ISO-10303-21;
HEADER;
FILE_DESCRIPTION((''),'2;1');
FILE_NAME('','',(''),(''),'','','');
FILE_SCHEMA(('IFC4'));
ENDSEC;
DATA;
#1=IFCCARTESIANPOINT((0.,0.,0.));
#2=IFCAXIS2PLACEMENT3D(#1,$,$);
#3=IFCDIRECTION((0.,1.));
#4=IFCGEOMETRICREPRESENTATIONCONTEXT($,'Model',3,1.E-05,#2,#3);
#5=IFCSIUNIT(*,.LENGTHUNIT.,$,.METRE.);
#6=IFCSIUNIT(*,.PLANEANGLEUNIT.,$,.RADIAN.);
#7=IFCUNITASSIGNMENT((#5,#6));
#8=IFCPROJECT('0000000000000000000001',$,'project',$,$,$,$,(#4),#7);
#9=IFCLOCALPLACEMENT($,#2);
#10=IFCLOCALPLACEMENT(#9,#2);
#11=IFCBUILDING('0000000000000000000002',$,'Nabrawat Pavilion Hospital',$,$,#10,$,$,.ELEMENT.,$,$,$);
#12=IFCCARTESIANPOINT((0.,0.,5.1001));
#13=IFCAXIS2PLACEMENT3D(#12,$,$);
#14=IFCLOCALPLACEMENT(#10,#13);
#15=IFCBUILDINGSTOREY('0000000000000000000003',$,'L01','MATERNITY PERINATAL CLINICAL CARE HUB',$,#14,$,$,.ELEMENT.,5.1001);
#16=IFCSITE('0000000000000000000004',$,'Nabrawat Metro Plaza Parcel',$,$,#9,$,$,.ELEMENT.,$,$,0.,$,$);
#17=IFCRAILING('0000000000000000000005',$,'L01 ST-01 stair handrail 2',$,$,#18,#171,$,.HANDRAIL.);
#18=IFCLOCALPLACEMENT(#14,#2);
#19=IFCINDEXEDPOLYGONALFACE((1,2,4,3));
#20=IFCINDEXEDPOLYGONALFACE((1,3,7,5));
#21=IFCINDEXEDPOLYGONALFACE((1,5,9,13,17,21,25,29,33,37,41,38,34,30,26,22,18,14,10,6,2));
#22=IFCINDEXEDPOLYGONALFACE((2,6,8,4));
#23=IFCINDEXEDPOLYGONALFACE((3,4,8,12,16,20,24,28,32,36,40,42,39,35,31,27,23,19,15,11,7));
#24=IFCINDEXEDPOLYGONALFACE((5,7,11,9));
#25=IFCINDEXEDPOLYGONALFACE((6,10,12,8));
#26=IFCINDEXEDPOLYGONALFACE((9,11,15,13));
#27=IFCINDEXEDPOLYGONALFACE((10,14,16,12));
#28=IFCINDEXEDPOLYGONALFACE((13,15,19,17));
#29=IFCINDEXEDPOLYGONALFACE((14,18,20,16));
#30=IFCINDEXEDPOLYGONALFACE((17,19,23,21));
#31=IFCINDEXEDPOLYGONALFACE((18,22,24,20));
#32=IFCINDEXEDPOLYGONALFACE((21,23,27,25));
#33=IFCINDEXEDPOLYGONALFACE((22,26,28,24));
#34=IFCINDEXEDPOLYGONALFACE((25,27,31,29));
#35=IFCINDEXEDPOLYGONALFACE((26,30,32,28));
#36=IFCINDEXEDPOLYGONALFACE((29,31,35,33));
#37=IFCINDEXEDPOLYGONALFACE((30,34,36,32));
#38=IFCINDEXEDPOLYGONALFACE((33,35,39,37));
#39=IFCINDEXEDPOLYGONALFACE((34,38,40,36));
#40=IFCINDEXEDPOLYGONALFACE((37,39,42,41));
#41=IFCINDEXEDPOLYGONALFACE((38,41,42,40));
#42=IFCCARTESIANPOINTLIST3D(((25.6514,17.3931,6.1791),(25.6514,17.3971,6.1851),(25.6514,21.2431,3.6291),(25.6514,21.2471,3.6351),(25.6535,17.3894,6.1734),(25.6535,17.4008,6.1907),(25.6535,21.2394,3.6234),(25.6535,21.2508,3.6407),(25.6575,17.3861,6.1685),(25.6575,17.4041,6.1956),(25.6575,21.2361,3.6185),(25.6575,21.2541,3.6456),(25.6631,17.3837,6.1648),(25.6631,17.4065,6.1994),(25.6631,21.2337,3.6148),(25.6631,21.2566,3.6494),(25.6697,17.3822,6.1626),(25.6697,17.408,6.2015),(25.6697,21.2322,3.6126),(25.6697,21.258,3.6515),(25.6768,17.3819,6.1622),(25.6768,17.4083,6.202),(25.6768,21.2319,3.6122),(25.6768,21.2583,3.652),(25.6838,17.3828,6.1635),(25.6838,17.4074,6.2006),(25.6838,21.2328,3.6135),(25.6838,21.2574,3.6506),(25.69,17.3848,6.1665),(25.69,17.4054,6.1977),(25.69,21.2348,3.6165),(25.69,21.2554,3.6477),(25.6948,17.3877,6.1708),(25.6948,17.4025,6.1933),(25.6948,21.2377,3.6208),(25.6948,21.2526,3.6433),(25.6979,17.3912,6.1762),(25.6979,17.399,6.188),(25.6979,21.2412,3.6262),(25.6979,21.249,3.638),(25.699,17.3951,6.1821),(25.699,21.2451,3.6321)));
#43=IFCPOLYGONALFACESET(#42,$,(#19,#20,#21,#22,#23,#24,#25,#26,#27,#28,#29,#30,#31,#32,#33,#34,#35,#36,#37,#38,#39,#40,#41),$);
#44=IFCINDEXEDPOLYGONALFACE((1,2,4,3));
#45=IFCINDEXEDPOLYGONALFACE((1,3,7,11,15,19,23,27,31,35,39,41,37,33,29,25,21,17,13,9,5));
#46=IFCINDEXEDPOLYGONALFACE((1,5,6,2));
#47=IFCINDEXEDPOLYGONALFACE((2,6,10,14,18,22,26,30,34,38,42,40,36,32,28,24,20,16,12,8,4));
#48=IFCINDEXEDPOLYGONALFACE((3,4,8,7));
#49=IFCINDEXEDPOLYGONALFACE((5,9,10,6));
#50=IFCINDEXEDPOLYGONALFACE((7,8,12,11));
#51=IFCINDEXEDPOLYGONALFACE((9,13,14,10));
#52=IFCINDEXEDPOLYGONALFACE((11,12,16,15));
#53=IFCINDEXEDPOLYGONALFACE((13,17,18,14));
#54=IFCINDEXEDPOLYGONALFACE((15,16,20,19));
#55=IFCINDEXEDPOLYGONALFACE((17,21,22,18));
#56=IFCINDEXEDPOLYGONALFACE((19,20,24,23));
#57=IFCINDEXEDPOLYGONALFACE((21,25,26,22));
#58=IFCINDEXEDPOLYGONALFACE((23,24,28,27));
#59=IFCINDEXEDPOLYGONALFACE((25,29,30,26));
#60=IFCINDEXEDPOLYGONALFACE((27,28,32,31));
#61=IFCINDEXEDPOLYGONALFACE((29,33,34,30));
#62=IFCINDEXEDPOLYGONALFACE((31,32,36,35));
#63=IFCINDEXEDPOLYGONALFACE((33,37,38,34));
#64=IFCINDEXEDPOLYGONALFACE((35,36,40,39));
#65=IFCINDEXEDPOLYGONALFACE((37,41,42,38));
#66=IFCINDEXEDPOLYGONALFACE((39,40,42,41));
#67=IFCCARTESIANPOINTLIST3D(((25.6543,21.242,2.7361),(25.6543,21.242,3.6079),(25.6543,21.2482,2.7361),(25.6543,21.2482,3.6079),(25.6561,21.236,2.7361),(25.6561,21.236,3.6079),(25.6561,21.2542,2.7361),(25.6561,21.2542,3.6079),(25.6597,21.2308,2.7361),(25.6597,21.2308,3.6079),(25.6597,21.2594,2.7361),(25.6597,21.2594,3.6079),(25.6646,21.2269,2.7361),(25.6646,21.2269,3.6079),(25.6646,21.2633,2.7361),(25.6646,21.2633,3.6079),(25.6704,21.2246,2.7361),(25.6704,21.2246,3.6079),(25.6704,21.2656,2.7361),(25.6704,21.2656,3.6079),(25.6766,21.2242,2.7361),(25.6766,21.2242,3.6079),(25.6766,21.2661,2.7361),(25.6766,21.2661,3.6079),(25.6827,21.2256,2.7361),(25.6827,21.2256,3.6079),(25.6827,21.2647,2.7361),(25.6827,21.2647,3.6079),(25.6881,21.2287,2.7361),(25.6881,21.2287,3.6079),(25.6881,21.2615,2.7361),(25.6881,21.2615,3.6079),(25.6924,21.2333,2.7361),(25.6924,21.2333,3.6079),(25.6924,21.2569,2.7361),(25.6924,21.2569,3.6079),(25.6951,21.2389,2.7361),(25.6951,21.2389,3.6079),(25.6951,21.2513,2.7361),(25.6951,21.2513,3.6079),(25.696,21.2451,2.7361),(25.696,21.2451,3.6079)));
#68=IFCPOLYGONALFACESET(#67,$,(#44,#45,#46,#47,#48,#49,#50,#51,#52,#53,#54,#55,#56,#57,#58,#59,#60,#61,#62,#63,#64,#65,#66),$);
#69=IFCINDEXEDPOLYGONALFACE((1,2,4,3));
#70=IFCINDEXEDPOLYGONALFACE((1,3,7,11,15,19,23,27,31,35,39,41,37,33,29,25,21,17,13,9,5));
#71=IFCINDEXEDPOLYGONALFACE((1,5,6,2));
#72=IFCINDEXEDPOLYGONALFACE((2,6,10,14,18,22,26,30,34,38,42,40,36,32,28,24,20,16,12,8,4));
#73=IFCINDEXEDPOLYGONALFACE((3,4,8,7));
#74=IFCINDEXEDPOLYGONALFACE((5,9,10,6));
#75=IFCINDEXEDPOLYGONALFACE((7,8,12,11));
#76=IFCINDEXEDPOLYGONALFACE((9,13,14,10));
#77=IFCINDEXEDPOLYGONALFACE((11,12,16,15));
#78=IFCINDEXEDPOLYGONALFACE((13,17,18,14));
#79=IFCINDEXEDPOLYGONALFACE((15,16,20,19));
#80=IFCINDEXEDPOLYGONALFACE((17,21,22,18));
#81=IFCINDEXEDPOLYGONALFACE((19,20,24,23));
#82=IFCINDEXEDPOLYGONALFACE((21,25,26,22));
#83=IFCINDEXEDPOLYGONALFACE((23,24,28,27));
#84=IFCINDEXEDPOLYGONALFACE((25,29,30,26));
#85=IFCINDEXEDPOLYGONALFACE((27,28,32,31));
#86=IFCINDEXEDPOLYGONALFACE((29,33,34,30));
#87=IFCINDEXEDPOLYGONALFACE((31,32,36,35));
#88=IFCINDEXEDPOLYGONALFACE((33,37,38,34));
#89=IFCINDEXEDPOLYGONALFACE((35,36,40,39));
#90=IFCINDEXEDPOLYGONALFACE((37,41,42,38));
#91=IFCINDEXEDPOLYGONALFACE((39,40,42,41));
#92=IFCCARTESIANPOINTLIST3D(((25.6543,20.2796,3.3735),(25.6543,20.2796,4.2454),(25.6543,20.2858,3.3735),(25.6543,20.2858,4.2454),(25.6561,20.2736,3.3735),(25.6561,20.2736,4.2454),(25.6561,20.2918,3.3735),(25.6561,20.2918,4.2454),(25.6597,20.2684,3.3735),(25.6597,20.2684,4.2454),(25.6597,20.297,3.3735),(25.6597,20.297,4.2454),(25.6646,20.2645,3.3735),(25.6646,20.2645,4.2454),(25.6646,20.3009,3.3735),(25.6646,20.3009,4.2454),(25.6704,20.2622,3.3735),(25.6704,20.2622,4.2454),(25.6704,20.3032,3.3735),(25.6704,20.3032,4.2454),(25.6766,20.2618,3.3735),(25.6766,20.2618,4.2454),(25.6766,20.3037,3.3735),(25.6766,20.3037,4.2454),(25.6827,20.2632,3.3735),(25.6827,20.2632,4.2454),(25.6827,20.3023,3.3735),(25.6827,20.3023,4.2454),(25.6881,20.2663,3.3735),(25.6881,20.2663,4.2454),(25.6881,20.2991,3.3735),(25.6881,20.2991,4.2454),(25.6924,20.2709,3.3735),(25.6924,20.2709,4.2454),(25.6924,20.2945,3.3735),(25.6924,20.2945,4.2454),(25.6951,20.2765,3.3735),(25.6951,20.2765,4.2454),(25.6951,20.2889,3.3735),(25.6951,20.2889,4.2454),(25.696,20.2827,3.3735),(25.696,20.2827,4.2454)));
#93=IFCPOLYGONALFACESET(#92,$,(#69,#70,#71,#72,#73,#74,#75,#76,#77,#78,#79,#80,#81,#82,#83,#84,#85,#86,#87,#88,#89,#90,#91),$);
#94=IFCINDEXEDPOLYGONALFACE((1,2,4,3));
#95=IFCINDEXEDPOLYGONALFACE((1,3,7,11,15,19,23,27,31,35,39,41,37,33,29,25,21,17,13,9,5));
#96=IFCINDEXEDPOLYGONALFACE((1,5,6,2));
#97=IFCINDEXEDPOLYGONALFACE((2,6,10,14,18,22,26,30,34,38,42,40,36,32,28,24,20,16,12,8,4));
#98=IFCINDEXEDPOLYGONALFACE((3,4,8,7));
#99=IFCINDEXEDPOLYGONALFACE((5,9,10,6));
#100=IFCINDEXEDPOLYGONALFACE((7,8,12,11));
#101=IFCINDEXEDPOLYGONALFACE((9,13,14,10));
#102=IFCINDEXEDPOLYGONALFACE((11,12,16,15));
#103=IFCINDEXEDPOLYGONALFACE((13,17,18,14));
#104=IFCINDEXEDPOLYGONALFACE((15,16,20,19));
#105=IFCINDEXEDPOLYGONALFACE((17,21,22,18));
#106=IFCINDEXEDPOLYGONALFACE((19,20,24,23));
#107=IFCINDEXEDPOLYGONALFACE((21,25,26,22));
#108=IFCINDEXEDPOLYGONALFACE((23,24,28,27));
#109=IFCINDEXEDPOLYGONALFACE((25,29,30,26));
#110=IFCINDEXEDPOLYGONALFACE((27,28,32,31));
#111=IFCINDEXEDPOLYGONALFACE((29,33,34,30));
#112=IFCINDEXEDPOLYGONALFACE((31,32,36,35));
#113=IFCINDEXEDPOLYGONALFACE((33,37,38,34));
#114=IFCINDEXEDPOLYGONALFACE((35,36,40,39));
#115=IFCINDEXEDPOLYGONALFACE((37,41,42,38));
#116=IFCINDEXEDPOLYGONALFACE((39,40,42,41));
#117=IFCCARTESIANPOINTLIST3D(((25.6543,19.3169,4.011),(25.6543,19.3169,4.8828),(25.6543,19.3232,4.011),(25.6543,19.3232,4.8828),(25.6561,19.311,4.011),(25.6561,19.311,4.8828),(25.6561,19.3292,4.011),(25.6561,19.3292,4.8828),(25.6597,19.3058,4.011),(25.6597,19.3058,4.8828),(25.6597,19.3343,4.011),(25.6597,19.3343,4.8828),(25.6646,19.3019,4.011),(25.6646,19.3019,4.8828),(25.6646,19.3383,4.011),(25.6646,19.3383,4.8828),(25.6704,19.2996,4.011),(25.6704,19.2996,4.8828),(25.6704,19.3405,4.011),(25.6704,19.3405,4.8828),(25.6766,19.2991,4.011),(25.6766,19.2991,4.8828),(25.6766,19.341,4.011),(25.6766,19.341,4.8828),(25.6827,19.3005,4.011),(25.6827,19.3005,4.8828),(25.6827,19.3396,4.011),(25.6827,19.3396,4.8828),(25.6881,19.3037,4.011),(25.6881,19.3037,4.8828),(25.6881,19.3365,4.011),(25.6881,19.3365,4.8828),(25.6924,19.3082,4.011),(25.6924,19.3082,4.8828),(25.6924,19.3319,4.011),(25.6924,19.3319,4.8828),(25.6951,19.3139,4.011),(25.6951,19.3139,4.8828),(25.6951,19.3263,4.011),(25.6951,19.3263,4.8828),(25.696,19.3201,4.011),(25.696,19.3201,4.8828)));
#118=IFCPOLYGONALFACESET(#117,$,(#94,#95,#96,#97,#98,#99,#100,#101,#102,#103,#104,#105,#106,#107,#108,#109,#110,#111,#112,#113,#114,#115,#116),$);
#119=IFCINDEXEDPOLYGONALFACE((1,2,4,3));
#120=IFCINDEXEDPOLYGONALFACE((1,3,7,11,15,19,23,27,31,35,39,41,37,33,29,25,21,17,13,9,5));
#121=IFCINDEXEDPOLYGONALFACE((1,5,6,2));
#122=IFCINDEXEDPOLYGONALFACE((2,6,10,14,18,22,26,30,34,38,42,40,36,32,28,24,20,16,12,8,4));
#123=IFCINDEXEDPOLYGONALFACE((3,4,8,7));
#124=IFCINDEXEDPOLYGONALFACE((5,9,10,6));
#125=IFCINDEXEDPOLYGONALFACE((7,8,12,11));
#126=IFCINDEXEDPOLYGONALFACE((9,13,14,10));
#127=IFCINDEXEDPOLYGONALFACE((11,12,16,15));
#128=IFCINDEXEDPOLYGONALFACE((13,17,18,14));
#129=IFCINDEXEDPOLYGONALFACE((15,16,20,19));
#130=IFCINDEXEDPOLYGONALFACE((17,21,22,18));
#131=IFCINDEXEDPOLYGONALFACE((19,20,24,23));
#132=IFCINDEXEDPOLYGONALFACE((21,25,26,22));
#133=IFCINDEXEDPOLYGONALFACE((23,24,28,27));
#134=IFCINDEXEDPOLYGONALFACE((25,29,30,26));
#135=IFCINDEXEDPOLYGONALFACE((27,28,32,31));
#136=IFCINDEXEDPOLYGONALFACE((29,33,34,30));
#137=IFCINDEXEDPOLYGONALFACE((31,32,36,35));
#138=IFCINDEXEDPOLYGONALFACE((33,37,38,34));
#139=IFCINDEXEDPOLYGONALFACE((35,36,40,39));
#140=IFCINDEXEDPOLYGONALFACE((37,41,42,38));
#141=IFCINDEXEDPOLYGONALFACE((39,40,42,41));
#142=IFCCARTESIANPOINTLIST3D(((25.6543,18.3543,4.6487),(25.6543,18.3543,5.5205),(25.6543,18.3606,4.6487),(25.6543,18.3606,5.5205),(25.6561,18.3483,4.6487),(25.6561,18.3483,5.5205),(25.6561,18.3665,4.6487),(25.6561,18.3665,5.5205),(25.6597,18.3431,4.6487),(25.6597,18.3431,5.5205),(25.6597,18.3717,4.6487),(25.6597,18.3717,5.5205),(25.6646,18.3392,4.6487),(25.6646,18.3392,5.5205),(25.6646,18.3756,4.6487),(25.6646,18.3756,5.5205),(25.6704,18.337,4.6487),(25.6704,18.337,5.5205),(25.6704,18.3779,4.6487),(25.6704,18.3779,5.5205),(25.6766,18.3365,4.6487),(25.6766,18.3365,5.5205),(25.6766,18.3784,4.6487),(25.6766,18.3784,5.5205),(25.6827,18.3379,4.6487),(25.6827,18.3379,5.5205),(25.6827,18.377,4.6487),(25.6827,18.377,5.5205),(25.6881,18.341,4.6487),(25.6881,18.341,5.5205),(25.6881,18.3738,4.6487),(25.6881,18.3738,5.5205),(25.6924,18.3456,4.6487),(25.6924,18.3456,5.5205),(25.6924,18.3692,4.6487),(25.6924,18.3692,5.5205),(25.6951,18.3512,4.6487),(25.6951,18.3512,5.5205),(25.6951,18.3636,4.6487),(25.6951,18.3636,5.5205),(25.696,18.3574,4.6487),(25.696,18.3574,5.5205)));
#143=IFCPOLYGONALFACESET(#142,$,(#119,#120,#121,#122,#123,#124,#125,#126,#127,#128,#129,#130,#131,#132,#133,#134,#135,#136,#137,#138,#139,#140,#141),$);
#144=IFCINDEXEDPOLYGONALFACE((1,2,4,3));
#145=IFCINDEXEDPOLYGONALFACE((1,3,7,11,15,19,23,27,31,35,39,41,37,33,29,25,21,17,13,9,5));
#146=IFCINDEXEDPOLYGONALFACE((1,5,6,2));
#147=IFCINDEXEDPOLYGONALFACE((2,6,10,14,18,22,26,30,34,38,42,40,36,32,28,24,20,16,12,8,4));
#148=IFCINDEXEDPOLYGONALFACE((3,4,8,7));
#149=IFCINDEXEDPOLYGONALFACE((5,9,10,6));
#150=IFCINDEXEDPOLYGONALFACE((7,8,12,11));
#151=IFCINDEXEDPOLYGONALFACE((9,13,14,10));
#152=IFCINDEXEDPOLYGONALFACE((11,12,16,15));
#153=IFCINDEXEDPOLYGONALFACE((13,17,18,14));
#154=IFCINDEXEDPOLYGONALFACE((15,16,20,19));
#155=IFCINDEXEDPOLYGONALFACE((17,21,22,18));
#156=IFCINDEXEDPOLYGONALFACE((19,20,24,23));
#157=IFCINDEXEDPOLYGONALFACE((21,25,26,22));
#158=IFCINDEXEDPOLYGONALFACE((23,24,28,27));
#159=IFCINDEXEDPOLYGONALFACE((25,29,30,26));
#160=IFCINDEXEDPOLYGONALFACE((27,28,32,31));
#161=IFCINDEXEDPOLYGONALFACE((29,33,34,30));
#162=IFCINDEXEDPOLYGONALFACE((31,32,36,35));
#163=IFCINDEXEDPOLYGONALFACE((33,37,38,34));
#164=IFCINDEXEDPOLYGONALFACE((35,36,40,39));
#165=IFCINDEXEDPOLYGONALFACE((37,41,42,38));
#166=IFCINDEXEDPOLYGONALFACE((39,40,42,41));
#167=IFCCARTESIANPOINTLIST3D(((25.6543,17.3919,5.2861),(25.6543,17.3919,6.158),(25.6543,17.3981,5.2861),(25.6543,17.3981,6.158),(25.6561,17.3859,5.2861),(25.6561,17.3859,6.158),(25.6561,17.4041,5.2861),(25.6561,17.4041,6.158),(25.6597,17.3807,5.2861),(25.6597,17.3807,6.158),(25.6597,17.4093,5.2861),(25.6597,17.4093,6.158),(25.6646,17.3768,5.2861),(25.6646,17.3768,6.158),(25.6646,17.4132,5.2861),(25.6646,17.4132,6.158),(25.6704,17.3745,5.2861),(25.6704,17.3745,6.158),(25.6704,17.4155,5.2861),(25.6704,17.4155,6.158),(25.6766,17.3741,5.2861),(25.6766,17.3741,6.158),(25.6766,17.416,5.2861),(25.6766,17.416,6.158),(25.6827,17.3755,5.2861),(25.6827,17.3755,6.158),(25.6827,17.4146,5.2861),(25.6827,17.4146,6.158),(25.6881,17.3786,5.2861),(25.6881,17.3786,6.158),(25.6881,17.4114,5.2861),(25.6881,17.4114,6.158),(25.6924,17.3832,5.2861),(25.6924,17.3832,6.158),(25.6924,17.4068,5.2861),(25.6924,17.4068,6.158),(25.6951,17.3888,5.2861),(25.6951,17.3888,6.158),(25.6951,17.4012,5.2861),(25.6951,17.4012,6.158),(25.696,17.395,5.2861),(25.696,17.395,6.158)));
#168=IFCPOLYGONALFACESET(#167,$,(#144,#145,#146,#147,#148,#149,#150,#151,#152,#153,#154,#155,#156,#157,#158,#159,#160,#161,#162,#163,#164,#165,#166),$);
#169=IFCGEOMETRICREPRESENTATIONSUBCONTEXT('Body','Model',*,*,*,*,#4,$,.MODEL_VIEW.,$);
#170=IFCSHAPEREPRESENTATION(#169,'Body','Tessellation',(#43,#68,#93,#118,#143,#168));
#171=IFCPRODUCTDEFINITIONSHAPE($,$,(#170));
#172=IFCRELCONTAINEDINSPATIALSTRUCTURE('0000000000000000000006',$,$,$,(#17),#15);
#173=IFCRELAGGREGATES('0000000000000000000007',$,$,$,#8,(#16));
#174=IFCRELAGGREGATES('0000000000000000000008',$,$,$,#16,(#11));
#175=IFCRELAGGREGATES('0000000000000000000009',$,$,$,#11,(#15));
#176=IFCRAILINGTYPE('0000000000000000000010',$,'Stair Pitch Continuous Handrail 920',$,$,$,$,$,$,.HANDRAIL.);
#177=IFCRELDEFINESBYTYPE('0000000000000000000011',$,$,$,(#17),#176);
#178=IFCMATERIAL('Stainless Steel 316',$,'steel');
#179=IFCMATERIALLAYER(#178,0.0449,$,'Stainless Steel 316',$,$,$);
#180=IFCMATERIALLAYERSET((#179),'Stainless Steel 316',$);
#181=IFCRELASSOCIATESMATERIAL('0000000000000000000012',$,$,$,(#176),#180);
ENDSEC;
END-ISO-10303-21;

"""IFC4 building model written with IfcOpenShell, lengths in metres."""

from ifc_helpers import new_model, si_unit, direction, frame, origin, origin_2d, place, context, subcontext, project, spatial, circle, extrude, material, layer, layer_set, type_object, element, save


model = new_model("IFC4")

# Units and contexts
model_context = context("Model", 3, precision=1e-05, world=origin(), true_north=direction((0.0, 1.0)))
body_context = subcontext(model_context, "Body", "Model", "MODEL_VIEW")
ifc_project = project(units=[si_unit("LENGTHUNIT", "METRE"), si_unit("PLANEANGLEUNIT", "RADIAN")], contexts=[model_context])

# Site, building, storey
site_placement = place(None, origin())
site = spatial("IfcSite", under=ifc_project, at=site_placement, Name="Nabrawat Metro Plaza Parcel", CompositionType="ELEMENT", RefElevation=0.0)
building_placement = place(site_placement, origin())
building = spatial("IfcBuilding", under=site, at=building_placement, Name="Nabrawat Pavilion Hospital", CompositionType="ELEMENT")
storey_placement = place(building_placement, frame((0.0, 0.0, 5.1001)))
storey = spatial("IfcBuildingStorey", under=building, at=storey_placement, Name="L01", Description="MATERNITY PERINATAL CLINICAL CARE HUB", CompositionType="ELEMENT", Elevation=5.1001)

# Railing
ifc_material_1 = material(Name="Stainless Steel 316", Category="steel")
ifc_layer_1 = layer(ifc_material_1, 0.0449, Name="Stainless Steel 316")
ifc_layer_set_1 = layer_set([ifc_layer_1], Name="Stainless Steel 316")
railing_type_1 = type_object("IfcRailingType", Name="Stair Pitch Continuous Handrail 920", PredefinedType="HANDRAIL", material=ifc_layer_set_1)
railing_1_placement = place(storey_placement, frame((25.675, 21.2451, 2.7361)))
element("IfcRailing", 1, at=railing_1_placement, inside=storey, type_object=railing_type_1, Name="L01 ST-01 stair handrail 2", PredefinedType="HANDRAIL", context=body_context, shape_type="SweptSolid", body=[
    extrude(circle(Radius=0.0239, at=origin_2d()), frame((0.0, 0.0, 0.896), z_axis=(0.0, -0.833714, 0.552197), x_axis=(1.0, 0.0, 0.0)), (0.0, 0.0, 1.0), 4.6179),
    extrude(circle(Radius=0.021, at=origin_2d()), origin(), (0.0, 0.0, 1.0), 0.8718),
    extrude(circle(Radius=0.021, at=origin_2d()), frame((0.0, -0.9624, 0.6375)), (0.0, 0.0, 1.0), 0.8718),
    extrude(circle(Radius=0.021, at=origin_2d()), frame((0.0, -1.925, 1.2749)), (0.0, 0.0, 1.0), 0.8718),
    extrude(circle(Radius=0.021, at=origin_2d()), frame((0.0, -2.8877, 1.9126)), (0.0, 0.0, 1.0), 0.8718),
    extrude(circle(Radius=0.021, at=origin_2d()), frame((0.0, -3.8501, 2.55)), (0.0, 0.0, 1.0), 0.8718),
])

save(model, "model.ifc")
